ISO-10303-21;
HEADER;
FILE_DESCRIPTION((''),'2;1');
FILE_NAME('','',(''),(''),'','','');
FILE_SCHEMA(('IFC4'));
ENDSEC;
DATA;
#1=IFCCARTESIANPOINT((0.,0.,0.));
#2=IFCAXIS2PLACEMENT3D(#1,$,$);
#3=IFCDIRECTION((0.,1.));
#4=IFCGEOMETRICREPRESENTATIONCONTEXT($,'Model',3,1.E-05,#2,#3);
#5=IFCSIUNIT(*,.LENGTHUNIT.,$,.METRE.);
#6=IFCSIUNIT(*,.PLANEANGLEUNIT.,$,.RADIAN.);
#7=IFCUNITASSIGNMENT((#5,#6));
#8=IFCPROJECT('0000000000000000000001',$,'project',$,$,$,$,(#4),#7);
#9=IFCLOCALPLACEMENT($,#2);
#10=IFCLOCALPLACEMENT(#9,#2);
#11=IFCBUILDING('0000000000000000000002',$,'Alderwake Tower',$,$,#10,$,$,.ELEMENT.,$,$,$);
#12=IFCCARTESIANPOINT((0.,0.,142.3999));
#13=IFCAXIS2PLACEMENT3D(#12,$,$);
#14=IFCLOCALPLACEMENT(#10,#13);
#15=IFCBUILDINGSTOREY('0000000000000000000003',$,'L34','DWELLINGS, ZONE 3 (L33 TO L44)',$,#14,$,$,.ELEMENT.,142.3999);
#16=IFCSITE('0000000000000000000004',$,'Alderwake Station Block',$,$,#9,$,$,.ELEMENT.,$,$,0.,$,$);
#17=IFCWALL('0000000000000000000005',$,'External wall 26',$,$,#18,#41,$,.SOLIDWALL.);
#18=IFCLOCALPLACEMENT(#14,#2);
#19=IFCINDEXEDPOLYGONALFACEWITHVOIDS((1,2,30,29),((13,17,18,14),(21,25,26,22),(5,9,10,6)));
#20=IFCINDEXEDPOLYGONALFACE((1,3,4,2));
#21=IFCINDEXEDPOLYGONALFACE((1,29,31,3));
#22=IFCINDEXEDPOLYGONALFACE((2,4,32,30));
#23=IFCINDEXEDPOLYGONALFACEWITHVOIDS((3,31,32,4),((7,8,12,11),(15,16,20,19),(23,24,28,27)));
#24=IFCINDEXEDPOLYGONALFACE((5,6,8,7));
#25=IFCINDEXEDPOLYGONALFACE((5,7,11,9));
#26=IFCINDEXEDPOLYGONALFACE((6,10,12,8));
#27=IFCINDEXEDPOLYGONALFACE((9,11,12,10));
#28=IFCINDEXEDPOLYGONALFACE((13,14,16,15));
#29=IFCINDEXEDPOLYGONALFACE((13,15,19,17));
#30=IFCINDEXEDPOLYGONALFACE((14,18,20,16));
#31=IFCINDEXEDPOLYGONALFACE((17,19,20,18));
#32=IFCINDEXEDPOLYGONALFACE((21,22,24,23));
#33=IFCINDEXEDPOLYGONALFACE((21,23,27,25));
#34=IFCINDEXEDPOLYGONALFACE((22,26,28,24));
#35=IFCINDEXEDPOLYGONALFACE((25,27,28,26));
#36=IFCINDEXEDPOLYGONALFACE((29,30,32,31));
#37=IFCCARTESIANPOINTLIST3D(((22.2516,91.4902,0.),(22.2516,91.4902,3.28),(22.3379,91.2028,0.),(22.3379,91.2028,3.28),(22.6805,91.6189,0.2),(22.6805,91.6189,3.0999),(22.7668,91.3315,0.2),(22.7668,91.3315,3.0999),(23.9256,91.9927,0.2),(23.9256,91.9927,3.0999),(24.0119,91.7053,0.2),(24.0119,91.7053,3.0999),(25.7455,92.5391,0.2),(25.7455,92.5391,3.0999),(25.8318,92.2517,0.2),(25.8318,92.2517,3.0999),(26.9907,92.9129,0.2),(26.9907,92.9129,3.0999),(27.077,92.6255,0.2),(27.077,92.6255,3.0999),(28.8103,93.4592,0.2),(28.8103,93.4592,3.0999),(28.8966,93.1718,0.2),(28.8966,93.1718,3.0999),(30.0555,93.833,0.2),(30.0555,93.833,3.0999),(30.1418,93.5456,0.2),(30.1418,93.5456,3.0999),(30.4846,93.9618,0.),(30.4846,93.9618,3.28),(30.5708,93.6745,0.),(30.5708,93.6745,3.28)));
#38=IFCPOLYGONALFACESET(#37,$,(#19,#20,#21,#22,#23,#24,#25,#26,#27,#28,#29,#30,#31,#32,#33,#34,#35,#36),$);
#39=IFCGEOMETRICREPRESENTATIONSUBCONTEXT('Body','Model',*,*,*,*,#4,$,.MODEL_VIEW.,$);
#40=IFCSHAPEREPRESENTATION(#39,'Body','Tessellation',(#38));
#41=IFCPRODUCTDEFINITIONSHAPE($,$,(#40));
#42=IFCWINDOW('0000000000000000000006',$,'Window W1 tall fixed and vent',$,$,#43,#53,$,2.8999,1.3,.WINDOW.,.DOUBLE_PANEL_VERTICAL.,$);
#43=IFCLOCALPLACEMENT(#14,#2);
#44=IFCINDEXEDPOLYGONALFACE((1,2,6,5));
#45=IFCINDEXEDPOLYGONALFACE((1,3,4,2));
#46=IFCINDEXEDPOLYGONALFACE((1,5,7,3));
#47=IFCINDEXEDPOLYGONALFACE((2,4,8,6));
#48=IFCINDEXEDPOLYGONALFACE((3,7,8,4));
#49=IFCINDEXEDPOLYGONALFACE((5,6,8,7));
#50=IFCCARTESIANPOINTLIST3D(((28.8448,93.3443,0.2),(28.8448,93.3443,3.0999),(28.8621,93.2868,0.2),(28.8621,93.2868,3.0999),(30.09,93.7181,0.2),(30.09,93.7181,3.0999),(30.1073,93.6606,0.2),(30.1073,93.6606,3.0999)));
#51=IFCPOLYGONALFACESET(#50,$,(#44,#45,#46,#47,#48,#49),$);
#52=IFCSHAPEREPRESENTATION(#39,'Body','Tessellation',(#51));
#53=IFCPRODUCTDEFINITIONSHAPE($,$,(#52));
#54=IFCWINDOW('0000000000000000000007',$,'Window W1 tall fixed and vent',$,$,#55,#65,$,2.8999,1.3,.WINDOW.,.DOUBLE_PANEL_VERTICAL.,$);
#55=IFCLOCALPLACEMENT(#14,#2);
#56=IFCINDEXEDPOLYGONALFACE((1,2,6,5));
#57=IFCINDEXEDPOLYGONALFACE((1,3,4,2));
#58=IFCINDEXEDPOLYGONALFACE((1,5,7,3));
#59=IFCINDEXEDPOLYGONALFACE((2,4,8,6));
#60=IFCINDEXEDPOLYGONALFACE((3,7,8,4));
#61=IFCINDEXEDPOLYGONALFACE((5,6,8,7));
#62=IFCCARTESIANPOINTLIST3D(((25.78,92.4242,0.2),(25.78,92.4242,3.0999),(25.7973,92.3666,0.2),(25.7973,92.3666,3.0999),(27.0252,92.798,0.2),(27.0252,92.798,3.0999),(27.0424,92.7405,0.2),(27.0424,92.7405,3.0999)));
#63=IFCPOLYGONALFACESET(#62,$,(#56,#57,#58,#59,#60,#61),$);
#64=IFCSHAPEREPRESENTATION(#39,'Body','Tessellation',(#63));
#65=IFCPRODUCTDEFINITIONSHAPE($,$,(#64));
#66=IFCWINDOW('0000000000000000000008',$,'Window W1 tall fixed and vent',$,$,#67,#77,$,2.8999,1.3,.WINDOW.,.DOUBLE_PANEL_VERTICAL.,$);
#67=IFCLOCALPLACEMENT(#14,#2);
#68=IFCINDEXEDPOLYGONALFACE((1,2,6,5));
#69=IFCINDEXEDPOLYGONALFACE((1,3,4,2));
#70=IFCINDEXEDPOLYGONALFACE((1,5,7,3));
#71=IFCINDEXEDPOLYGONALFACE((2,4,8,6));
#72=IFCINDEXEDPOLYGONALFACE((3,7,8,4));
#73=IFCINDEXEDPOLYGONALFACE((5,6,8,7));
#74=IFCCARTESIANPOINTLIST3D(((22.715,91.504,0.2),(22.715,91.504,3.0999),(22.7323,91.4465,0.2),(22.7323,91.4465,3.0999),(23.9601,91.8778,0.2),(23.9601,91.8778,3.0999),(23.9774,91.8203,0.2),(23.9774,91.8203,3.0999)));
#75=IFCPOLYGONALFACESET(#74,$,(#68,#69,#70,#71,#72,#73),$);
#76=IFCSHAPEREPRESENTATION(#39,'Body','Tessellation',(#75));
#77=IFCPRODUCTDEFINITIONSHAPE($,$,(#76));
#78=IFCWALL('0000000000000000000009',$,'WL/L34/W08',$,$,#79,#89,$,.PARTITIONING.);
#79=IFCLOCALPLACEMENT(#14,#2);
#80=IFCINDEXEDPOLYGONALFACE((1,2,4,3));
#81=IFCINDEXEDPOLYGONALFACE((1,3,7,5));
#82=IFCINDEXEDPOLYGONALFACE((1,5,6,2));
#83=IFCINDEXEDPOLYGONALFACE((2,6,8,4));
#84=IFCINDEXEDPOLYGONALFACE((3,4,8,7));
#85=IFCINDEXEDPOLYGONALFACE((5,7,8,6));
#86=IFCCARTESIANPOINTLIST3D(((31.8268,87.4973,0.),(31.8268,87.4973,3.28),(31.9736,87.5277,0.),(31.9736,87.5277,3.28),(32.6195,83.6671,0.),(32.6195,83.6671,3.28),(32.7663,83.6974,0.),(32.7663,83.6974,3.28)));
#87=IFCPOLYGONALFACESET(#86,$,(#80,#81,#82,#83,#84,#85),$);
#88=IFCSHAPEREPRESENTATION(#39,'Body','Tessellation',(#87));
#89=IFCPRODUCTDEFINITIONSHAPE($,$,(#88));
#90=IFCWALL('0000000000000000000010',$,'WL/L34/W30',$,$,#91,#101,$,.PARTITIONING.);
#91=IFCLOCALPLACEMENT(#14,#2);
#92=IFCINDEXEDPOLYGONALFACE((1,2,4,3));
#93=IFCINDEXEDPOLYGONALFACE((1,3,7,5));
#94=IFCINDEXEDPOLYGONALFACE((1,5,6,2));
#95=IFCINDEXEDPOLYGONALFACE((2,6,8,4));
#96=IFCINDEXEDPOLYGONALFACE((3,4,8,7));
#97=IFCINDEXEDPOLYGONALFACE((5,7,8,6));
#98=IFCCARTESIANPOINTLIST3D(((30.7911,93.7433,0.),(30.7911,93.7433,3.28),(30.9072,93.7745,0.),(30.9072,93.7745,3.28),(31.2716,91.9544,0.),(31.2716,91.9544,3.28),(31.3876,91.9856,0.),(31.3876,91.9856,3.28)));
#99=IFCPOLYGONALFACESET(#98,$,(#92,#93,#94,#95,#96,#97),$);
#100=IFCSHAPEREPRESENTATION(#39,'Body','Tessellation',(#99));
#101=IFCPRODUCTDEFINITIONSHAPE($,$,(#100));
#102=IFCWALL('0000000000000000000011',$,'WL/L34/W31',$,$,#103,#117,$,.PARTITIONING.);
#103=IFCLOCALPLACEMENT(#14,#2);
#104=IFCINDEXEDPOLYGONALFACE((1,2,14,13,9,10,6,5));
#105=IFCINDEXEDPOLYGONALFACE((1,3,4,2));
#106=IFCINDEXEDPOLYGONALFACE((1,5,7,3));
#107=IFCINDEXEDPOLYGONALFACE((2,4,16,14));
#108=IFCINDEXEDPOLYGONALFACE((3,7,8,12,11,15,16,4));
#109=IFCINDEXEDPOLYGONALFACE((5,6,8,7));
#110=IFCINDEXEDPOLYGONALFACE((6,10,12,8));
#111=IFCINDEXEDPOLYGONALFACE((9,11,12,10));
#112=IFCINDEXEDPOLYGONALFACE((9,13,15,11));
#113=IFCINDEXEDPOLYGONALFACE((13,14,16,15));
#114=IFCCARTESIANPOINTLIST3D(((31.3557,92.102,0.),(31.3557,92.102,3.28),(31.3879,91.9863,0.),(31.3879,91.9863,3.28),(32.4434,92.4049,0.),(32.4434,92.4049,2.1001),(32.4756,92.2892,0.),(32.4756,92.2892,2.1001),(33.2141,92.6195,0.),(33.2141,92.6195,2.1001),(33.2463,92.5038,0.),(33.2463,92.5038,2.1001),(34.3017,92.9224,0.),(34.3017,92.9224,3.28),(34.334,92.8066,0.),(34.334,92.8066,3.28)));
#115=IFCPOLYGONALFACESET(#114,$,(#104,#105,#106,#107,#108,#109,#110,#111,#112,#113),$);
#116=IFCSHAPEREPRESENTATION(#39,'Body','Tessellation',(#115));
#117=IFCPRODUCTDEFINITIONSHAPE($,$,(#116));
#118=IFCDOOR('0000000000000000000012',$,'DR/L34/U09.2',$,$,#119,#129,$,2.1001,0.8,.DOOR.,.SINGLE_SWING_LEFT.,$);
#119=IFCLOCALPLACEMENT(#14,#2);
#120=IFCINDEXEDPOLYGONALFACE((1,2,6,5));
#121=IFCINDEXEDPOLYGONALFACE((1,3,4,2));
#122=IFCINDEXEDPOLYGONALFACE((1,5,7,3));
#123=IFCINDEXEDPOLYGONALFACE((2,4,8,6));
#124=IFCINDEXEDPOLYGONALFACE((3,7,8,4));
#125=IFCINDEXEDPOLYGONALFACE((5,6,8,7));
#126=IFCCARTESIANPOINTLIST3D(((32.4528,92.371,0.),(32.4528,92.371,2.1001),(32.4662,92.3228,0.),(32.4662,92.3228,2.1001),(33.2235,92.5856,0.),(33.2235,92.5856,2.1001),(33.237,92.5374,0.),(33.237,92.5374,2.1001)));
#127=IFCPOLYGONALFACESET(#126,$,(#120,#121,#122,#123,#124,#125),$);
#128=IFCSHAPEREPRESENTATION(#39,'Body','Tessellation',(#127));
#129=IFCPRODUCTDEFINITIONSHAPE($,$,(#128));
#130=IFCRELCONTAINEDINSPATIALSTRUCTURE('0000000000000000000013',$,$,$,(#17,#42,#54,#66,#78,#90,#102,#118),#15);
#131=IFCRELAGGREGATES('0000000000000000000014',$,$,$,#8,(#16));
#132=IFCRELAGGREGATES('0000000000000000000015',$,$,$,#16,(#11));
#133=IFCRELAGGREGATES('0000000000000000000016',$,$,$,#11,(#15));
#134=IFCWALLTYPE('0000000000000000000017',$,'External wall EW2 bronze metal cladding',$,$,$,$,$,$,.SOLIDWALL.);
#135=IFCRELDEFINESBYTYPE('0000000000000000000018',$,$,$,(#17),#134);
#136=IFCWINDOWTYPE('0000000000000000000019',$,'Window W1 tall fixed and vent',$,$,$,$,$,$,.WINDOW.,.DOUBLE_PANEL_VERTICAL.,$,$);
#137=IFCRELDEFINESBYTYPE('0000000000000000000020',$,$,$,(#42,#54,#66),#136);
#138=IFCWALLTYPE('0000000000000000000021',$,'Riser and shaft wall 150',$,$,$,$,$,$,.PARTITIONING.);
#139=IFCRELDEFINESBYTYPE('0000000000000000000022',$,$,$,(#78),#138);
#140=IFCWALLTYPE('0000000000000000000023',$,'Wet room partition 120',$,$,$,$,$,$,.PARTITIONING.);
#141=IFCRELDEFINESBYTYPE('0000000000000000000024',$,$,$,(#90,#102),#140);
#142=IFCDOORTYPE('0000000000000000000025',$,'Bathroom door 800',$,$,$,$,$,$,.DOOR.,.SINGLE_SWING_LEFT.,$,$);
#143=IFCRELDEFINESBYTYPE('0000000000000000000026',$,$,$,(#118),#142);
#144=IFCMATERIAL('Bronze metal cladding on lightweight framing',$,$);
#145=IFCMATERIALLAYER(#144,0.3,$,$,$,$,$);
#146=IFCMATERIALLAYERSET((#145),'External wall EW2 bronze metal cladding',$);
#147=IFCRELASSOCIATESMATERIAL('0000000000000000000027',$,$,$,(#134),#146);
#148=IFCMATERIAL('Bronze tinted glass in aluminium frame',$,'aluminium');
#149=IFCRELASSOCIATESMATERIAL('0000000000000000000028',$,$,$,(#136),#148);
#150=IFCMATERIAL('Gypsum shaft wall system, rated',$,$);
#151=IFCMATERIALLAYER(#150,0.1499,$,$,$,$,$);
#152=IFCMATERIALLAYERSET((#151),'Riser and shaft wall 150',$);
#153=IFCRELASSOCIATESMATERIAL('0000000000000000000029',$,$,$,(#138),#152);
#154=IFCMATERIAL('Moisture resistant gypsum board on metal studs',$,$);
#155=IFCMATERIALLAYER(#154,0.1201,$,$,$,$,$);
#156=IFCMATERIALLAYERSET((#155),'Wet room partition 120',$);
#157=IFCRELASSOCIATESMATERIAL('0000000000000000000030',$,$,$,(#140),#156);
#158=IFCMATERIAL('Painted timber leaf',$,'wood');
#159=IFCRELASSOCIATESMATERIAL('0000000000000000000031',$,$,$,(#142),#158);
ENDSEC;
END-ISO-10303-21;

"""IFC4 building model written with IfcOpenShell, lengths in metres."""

from ifc_helpers import new_model, si_unit, direction, frame, frame_2d, origin, place, context, subcontext, project, spatial, rectangle, extrude, material, layer, layer_set, type_object, element, fill, save


model = new_model("IFC4")

# Units and contexts
model_context = context("Model", 3, precision=1e-05, world=origin(), true_north=direction((0.0, 1.0)))
body_context = subcontext(model_context, "Body", "Model", "MODEL_VIEW")
ifc_project = project(units=[si_unit("LENGTHUNIT", "METRE"), si_unit("PLANEANGLEUNIT", "RADIAN")], contexts=[model_context])

# Site, building, storey
site_placement = place(None, origin())
site = spatial("IfcSite", under=ifc_project, at=site_placement, Name="Alderwake Station Block", CompositionType="ELEMENT", RefElevation=0.0)
building_placement = place(site_placement, origin())
building = spatial("IfcBuilding", under=site, at=building_placement, Name="Alderwake Tower", CompositionType="ELEMENT")
storey_placement = place(building_placement, frame((0.0, 0.0, 142.3999)))
storey = spatial("IfcBuildingStorey", under=building, at=storey_placement, Name="L34", Description="DWELLINGS, ZONE 3 (L33 TO L44)", CompositionType="ELEMENT", Elevation=142.3999)

# Wall, openings, windows
ifc_material_1 = material(Name="Bronze metal cladding on lightweight framing")
ifc_layer_1 = layer(ifc_material_1, 0.3)
ifc_layer_set_1 = layer_set([ifc_layer_1], Name="External wall EW2 bronze metal cladding")
wall_type_1 = type_object("IfcWallType", Name="External wall EW2 bronze metal cladding", PredefinedType="SOLIDWALL", material=ifc_layer_set_1)
ifc_material_2 = material(Name="Bronze tinted glass in aluminium frame", Category="aluminium")
window_type_1 = type_object("IfcWindowType", Name="Window W1 tall fixed and vent", PartitioningType="DOUBLE_PANEL_VERTICAL", PredefinedType="WINDOW", material=ifc_material_2)
wall_1_placement = place(storey_placement, frame((30.5276, 93.8181, 0.0), z_axis=(0.0, 0.0, 1.0), x_axis=(-0.957768, -0.287541, 0.0)))
wall_1 = element("IfcWall", 1, at=wall_1_placement, inside=storey, type_object=wall_type_1, Name="External wall 26", PredefinedType="SOLIDWALL", context=body_context, shape_type="SweptSolid", body=[
    extrude(rectangle(XDim=8.5959, YDim=0.3, at=frame_2d((4.2979, 0.0))), origin(), (0.0, 0.0, 1.0), 3.28),
])
opening_1_placement = place(wall_1_placement, frame((0.448, 0.0, 0.2)))
opening_1 = element("IfcOpeningElement", 2, at=opening_1_placement, cuts=wall_1, PredefinedType="OPENING", context=body_context, shape_type="SweptSolid", body=[
    extrude(rectangle(XDim=1.3, YDim=2.8999, at=frame_2d((0.6499, 1.45))), frame((0.0, 0.1599, 0.0), z_axis=(0.0, -1.0, 0.0), x_axis=(1.0, 0.0, 0.0)), (0.0, 0.0, 1.0), 0.3201),
])
opening_2_placement = place(wall_1_placement, frame((3.6479, 0.0, 0.2)))
opening_2 = element("IfcOpeningElement", 3, at=opening_2_placement, cuts=wall_1, PredefinedType="OPENING", context=body_context, shape_type="SweptSolid", body=[
    extrude(rectangle(XDim=1.3, YDim=2.8999, at=frame_2d((0.6499, 1.45))), frame((0.0, 0.1599, 0.0), z_axis=(0.0, -1.0, 0.0), x_axis=(1.0, 0.0, 0.0)), (0.0, 0.0, 1.0), 0.3201),
])
opening_3_placement = place(wall_1_placement, frame((6.8481, 0.0, 0.2)))
opening_3 = element("IfcOpeningElement", 4, at=opening_3_placement, cuts=wall_1, PredefinedType="OPENING", context=body_context, shape_type="SweptSolid", body=[
    extrude(rectangle(XDim=1.3, YDim=2.8999, at=frame_2d((0.6499, 1.45))), frame((0.0, 0.1599, 0.0), z_axis=(0.0, -1.0, 0.0), x_axis=(1.0, 0.0, 0.0)), (0.0, 0.0, 1.0), 0.3201),
])
window_1_placement = place(opening_1_placement, origin())
window_1 = element("IfcWindow", 5, at=window_1_placement, inside=storey, type_object=window_type_1, Name="Window W1 tall fixed and vent", OverallHeight=2.8999, OverallWidth=1.3, PartitioningType="DOUBLE_PANEL_VERTICAL", PredefinedType="WINDOW", context=body_context, shape_type="SweptSolid", body=[
    extrude(rectangle(XDim=1.3, YDim=2.8999, at=frame_2d((0.6499, 1.45))), frame((0.0, 0.03, 0.0), z_axis=(0.0, -1.0, 0.0), x_axis=(1.0, 0.0, 0.0)), (0.0, 0.0, 1.0), 0.0601),
])
fill(opening_1, window_1)
window_2_placement = place(opening_2_placement, origin())
window_2 = element("IfcWindow", 6, at=window_2_placement, inside=storey, type_object=window_type_1, Name="Window W1 tall fixed and vent", OverallHeight=2.8999, OverallWidth=1.3, PartitioningType="DOUBLE_PANEL_VERTICAL", PredefinedType="WINDOW", context=body_context, shape_type="SweptSolid", body=[
    extrude(rectangle(XDim=1.3, YDim=2.8999, at=frame_2d((0.6499, 1.45))), frame((0.0, 0.03, 0.0), z_axis=(0.0, -1.0, 0.0), x_axis=(1.0, 0.0, 0.0)), (0.0, 0.0, 1.0), 0.0601),
])
fill(opening_2, window_2)
window_3_placement = place(opening_3_placement, origin())
window_3 = element("IfcWindow", 7, at=window_3_placement, inside=storey, type_object=window_type_1, Name="Window W1 tall fixed and vent", OverallHeight=2.8999, OverallWidth=1.3, PartitioningType="DOUBLE_PANEL_VERTICAL", PredefinedType="WINDOW", context=body_context, shape_type="SweptSolid", body=[
    extrude(rectangle(XDim=1.3, YDim=2.8999, at=frame_2d((0.6499, 1.45))), frame((0.0, 0.03, 0.0), z_axis=(0.0, -1.0, 0.0), x_axis=(1.0, 0.0, 0.0)), (0.0, 0.0, 1.0), 0.0601),
])
fill(opening_3, window_3)

# Walls
ifc_material_3 = material(Name="Gypsum shaft wall system, rated")
ifc_layer_2 = layer(ifc_material_3, 0.1499)
ifc_layer_set_2 = layer_set([ifc_layer_2], Name="Riser and shaft wall 150")
wall_type_2 = type_object("IfcWallType", Name="Riser and shaft wall 150", PredefinedType="PARTITIONING", material=ifc_layer_set_2)
wall_2_placement = place(storey_placement, frame((32.6929, 83.6824, 0.0), z_axis=(0.0, 0.0, 1.0), x_axis=(-0.202665, 0.979248, 0.0)))
element("IfcWall", 8, at=wall_2_placement, inside=storey, type_object=wall_type_2, Name="WL/L34/W08", PredefinedType="PARTITIONING", context=body_context, shape_type="SweptSolid", body=[
    extrude(rectangle(XDim=3.9114, YDim=0.1499, at=frame_2d((1.9556, 0.0))), origin(), (0.0, 0.0, 1.0), 3.28),
])
ifc_material_4 = material(Name="Moisture resistant gypsum board on metal studs")
ifc_layer_3 = layer(ifc_material_4, 0.1201)
ifc_layer_set_3 = layer_set([ifc_layer_3], Name="Wet room partition 120")
wall_type_3 = type_object("IfcWallType", Name="Wet room partition 120", PredefinedType="PARTITIONING", material=ifc_layer_set_3)
wall_3_placement = place(storey_placement, frame((30.8491, 93.759, 0.0), z_axis=(0.0, 0.0, 1.0), x_axis=(0.259401, -0.96577, 0.0)))
element("IfcWall", 9, at=wall_3_placement, inside=storey, type_object=wall_type_3, Name="WL/L34/W30", PredefinedType="PARTITIONING", context=body_context, shape_type="SweptSolid", body=[
    extrude(rectangle(XDim=1.8523, YDim=0.1201, at=frame_2d((0.9263, 0.0))), origin(), (0.0, 0.0, 1.0), 3.28),
])

# Wall, opening, door
wall_4_placement = place(storey_placement, frame((31.3718, 92.0442, 0.0), z_axis=(0.0, 0.0, 1.0), x_axis=(0.963352, 0.268241, 0.0)))
wall_4 = element("IfcWall", 10, at=wall_4_placement, inside=storey, type_object=wall_type_3, Name="WL/L34/W31", PredefinedType="PARTITIONING", context=body_context, shape_type="SweptSolid", body=[
    extrude(rectangle(XDim=3.0581, YDim=0.1201, at=frame_2d((1.5291, 0.0))), origin(), (0.0, 0.0, 1.0), 3.28),
])
opening_4_placement = place(wall_4_placement, frame((1.1292, 0.0, 0.0)))
opening_4 = element("IfcOpeningElement", 11, at=opening_4_placement, cuts=wall_4, PredefinedType="OPENING", context=body_context, shape_type="SweptSolid", body=[
    extrude(rectangle(XDim=0.8, YDim=2.1001, at=frame_2d((0.3999, 1.05))), frame((0.0, 0.0701, 0.0), z_axis=(0.0, -1.0, 0.0), x_axis=(1.0, 0.0, 0.0)), (0.0, 0.0, 1.0), 0.1401),
])
ifc_material_5 = material(Name="Painted timber leaf", Category="wood")
door_type_1 = type_object("IfcDoorType", Name="Bathroom door 800", OperationType="SINGLE_SWING_LEFT", PredefinedType="DOOR", material=ifc_material_5)
door_1_placement = place(opening_4_placement, origin())
door_1 = element("IfcDoor", 12, at=door_1_placement, inside=storey, type_object=door_type_1, Name="DR/L34/U09.2", OperationType="SINGLE_SWING_LEFT", OverallHeight=2.1001, OverallWidth=0.8, PredefinedType="DOOR", context=body_context, shape_type="SweptSolid", body=[
    extrude(rectangle(XDim=0.8, YDim=2.1001, at=frame_2d((0.3999, 1.05))), frame((0.0, 0.0249, 0.0), z_axis=(0.0, -1.0, 0.0), x_axis=(1.0, 0.0, 0.0)), (0.0, 0.0, 1.0), 0.05),
])
fill(opening_4, door_1)

save(model, "model.ifc")
